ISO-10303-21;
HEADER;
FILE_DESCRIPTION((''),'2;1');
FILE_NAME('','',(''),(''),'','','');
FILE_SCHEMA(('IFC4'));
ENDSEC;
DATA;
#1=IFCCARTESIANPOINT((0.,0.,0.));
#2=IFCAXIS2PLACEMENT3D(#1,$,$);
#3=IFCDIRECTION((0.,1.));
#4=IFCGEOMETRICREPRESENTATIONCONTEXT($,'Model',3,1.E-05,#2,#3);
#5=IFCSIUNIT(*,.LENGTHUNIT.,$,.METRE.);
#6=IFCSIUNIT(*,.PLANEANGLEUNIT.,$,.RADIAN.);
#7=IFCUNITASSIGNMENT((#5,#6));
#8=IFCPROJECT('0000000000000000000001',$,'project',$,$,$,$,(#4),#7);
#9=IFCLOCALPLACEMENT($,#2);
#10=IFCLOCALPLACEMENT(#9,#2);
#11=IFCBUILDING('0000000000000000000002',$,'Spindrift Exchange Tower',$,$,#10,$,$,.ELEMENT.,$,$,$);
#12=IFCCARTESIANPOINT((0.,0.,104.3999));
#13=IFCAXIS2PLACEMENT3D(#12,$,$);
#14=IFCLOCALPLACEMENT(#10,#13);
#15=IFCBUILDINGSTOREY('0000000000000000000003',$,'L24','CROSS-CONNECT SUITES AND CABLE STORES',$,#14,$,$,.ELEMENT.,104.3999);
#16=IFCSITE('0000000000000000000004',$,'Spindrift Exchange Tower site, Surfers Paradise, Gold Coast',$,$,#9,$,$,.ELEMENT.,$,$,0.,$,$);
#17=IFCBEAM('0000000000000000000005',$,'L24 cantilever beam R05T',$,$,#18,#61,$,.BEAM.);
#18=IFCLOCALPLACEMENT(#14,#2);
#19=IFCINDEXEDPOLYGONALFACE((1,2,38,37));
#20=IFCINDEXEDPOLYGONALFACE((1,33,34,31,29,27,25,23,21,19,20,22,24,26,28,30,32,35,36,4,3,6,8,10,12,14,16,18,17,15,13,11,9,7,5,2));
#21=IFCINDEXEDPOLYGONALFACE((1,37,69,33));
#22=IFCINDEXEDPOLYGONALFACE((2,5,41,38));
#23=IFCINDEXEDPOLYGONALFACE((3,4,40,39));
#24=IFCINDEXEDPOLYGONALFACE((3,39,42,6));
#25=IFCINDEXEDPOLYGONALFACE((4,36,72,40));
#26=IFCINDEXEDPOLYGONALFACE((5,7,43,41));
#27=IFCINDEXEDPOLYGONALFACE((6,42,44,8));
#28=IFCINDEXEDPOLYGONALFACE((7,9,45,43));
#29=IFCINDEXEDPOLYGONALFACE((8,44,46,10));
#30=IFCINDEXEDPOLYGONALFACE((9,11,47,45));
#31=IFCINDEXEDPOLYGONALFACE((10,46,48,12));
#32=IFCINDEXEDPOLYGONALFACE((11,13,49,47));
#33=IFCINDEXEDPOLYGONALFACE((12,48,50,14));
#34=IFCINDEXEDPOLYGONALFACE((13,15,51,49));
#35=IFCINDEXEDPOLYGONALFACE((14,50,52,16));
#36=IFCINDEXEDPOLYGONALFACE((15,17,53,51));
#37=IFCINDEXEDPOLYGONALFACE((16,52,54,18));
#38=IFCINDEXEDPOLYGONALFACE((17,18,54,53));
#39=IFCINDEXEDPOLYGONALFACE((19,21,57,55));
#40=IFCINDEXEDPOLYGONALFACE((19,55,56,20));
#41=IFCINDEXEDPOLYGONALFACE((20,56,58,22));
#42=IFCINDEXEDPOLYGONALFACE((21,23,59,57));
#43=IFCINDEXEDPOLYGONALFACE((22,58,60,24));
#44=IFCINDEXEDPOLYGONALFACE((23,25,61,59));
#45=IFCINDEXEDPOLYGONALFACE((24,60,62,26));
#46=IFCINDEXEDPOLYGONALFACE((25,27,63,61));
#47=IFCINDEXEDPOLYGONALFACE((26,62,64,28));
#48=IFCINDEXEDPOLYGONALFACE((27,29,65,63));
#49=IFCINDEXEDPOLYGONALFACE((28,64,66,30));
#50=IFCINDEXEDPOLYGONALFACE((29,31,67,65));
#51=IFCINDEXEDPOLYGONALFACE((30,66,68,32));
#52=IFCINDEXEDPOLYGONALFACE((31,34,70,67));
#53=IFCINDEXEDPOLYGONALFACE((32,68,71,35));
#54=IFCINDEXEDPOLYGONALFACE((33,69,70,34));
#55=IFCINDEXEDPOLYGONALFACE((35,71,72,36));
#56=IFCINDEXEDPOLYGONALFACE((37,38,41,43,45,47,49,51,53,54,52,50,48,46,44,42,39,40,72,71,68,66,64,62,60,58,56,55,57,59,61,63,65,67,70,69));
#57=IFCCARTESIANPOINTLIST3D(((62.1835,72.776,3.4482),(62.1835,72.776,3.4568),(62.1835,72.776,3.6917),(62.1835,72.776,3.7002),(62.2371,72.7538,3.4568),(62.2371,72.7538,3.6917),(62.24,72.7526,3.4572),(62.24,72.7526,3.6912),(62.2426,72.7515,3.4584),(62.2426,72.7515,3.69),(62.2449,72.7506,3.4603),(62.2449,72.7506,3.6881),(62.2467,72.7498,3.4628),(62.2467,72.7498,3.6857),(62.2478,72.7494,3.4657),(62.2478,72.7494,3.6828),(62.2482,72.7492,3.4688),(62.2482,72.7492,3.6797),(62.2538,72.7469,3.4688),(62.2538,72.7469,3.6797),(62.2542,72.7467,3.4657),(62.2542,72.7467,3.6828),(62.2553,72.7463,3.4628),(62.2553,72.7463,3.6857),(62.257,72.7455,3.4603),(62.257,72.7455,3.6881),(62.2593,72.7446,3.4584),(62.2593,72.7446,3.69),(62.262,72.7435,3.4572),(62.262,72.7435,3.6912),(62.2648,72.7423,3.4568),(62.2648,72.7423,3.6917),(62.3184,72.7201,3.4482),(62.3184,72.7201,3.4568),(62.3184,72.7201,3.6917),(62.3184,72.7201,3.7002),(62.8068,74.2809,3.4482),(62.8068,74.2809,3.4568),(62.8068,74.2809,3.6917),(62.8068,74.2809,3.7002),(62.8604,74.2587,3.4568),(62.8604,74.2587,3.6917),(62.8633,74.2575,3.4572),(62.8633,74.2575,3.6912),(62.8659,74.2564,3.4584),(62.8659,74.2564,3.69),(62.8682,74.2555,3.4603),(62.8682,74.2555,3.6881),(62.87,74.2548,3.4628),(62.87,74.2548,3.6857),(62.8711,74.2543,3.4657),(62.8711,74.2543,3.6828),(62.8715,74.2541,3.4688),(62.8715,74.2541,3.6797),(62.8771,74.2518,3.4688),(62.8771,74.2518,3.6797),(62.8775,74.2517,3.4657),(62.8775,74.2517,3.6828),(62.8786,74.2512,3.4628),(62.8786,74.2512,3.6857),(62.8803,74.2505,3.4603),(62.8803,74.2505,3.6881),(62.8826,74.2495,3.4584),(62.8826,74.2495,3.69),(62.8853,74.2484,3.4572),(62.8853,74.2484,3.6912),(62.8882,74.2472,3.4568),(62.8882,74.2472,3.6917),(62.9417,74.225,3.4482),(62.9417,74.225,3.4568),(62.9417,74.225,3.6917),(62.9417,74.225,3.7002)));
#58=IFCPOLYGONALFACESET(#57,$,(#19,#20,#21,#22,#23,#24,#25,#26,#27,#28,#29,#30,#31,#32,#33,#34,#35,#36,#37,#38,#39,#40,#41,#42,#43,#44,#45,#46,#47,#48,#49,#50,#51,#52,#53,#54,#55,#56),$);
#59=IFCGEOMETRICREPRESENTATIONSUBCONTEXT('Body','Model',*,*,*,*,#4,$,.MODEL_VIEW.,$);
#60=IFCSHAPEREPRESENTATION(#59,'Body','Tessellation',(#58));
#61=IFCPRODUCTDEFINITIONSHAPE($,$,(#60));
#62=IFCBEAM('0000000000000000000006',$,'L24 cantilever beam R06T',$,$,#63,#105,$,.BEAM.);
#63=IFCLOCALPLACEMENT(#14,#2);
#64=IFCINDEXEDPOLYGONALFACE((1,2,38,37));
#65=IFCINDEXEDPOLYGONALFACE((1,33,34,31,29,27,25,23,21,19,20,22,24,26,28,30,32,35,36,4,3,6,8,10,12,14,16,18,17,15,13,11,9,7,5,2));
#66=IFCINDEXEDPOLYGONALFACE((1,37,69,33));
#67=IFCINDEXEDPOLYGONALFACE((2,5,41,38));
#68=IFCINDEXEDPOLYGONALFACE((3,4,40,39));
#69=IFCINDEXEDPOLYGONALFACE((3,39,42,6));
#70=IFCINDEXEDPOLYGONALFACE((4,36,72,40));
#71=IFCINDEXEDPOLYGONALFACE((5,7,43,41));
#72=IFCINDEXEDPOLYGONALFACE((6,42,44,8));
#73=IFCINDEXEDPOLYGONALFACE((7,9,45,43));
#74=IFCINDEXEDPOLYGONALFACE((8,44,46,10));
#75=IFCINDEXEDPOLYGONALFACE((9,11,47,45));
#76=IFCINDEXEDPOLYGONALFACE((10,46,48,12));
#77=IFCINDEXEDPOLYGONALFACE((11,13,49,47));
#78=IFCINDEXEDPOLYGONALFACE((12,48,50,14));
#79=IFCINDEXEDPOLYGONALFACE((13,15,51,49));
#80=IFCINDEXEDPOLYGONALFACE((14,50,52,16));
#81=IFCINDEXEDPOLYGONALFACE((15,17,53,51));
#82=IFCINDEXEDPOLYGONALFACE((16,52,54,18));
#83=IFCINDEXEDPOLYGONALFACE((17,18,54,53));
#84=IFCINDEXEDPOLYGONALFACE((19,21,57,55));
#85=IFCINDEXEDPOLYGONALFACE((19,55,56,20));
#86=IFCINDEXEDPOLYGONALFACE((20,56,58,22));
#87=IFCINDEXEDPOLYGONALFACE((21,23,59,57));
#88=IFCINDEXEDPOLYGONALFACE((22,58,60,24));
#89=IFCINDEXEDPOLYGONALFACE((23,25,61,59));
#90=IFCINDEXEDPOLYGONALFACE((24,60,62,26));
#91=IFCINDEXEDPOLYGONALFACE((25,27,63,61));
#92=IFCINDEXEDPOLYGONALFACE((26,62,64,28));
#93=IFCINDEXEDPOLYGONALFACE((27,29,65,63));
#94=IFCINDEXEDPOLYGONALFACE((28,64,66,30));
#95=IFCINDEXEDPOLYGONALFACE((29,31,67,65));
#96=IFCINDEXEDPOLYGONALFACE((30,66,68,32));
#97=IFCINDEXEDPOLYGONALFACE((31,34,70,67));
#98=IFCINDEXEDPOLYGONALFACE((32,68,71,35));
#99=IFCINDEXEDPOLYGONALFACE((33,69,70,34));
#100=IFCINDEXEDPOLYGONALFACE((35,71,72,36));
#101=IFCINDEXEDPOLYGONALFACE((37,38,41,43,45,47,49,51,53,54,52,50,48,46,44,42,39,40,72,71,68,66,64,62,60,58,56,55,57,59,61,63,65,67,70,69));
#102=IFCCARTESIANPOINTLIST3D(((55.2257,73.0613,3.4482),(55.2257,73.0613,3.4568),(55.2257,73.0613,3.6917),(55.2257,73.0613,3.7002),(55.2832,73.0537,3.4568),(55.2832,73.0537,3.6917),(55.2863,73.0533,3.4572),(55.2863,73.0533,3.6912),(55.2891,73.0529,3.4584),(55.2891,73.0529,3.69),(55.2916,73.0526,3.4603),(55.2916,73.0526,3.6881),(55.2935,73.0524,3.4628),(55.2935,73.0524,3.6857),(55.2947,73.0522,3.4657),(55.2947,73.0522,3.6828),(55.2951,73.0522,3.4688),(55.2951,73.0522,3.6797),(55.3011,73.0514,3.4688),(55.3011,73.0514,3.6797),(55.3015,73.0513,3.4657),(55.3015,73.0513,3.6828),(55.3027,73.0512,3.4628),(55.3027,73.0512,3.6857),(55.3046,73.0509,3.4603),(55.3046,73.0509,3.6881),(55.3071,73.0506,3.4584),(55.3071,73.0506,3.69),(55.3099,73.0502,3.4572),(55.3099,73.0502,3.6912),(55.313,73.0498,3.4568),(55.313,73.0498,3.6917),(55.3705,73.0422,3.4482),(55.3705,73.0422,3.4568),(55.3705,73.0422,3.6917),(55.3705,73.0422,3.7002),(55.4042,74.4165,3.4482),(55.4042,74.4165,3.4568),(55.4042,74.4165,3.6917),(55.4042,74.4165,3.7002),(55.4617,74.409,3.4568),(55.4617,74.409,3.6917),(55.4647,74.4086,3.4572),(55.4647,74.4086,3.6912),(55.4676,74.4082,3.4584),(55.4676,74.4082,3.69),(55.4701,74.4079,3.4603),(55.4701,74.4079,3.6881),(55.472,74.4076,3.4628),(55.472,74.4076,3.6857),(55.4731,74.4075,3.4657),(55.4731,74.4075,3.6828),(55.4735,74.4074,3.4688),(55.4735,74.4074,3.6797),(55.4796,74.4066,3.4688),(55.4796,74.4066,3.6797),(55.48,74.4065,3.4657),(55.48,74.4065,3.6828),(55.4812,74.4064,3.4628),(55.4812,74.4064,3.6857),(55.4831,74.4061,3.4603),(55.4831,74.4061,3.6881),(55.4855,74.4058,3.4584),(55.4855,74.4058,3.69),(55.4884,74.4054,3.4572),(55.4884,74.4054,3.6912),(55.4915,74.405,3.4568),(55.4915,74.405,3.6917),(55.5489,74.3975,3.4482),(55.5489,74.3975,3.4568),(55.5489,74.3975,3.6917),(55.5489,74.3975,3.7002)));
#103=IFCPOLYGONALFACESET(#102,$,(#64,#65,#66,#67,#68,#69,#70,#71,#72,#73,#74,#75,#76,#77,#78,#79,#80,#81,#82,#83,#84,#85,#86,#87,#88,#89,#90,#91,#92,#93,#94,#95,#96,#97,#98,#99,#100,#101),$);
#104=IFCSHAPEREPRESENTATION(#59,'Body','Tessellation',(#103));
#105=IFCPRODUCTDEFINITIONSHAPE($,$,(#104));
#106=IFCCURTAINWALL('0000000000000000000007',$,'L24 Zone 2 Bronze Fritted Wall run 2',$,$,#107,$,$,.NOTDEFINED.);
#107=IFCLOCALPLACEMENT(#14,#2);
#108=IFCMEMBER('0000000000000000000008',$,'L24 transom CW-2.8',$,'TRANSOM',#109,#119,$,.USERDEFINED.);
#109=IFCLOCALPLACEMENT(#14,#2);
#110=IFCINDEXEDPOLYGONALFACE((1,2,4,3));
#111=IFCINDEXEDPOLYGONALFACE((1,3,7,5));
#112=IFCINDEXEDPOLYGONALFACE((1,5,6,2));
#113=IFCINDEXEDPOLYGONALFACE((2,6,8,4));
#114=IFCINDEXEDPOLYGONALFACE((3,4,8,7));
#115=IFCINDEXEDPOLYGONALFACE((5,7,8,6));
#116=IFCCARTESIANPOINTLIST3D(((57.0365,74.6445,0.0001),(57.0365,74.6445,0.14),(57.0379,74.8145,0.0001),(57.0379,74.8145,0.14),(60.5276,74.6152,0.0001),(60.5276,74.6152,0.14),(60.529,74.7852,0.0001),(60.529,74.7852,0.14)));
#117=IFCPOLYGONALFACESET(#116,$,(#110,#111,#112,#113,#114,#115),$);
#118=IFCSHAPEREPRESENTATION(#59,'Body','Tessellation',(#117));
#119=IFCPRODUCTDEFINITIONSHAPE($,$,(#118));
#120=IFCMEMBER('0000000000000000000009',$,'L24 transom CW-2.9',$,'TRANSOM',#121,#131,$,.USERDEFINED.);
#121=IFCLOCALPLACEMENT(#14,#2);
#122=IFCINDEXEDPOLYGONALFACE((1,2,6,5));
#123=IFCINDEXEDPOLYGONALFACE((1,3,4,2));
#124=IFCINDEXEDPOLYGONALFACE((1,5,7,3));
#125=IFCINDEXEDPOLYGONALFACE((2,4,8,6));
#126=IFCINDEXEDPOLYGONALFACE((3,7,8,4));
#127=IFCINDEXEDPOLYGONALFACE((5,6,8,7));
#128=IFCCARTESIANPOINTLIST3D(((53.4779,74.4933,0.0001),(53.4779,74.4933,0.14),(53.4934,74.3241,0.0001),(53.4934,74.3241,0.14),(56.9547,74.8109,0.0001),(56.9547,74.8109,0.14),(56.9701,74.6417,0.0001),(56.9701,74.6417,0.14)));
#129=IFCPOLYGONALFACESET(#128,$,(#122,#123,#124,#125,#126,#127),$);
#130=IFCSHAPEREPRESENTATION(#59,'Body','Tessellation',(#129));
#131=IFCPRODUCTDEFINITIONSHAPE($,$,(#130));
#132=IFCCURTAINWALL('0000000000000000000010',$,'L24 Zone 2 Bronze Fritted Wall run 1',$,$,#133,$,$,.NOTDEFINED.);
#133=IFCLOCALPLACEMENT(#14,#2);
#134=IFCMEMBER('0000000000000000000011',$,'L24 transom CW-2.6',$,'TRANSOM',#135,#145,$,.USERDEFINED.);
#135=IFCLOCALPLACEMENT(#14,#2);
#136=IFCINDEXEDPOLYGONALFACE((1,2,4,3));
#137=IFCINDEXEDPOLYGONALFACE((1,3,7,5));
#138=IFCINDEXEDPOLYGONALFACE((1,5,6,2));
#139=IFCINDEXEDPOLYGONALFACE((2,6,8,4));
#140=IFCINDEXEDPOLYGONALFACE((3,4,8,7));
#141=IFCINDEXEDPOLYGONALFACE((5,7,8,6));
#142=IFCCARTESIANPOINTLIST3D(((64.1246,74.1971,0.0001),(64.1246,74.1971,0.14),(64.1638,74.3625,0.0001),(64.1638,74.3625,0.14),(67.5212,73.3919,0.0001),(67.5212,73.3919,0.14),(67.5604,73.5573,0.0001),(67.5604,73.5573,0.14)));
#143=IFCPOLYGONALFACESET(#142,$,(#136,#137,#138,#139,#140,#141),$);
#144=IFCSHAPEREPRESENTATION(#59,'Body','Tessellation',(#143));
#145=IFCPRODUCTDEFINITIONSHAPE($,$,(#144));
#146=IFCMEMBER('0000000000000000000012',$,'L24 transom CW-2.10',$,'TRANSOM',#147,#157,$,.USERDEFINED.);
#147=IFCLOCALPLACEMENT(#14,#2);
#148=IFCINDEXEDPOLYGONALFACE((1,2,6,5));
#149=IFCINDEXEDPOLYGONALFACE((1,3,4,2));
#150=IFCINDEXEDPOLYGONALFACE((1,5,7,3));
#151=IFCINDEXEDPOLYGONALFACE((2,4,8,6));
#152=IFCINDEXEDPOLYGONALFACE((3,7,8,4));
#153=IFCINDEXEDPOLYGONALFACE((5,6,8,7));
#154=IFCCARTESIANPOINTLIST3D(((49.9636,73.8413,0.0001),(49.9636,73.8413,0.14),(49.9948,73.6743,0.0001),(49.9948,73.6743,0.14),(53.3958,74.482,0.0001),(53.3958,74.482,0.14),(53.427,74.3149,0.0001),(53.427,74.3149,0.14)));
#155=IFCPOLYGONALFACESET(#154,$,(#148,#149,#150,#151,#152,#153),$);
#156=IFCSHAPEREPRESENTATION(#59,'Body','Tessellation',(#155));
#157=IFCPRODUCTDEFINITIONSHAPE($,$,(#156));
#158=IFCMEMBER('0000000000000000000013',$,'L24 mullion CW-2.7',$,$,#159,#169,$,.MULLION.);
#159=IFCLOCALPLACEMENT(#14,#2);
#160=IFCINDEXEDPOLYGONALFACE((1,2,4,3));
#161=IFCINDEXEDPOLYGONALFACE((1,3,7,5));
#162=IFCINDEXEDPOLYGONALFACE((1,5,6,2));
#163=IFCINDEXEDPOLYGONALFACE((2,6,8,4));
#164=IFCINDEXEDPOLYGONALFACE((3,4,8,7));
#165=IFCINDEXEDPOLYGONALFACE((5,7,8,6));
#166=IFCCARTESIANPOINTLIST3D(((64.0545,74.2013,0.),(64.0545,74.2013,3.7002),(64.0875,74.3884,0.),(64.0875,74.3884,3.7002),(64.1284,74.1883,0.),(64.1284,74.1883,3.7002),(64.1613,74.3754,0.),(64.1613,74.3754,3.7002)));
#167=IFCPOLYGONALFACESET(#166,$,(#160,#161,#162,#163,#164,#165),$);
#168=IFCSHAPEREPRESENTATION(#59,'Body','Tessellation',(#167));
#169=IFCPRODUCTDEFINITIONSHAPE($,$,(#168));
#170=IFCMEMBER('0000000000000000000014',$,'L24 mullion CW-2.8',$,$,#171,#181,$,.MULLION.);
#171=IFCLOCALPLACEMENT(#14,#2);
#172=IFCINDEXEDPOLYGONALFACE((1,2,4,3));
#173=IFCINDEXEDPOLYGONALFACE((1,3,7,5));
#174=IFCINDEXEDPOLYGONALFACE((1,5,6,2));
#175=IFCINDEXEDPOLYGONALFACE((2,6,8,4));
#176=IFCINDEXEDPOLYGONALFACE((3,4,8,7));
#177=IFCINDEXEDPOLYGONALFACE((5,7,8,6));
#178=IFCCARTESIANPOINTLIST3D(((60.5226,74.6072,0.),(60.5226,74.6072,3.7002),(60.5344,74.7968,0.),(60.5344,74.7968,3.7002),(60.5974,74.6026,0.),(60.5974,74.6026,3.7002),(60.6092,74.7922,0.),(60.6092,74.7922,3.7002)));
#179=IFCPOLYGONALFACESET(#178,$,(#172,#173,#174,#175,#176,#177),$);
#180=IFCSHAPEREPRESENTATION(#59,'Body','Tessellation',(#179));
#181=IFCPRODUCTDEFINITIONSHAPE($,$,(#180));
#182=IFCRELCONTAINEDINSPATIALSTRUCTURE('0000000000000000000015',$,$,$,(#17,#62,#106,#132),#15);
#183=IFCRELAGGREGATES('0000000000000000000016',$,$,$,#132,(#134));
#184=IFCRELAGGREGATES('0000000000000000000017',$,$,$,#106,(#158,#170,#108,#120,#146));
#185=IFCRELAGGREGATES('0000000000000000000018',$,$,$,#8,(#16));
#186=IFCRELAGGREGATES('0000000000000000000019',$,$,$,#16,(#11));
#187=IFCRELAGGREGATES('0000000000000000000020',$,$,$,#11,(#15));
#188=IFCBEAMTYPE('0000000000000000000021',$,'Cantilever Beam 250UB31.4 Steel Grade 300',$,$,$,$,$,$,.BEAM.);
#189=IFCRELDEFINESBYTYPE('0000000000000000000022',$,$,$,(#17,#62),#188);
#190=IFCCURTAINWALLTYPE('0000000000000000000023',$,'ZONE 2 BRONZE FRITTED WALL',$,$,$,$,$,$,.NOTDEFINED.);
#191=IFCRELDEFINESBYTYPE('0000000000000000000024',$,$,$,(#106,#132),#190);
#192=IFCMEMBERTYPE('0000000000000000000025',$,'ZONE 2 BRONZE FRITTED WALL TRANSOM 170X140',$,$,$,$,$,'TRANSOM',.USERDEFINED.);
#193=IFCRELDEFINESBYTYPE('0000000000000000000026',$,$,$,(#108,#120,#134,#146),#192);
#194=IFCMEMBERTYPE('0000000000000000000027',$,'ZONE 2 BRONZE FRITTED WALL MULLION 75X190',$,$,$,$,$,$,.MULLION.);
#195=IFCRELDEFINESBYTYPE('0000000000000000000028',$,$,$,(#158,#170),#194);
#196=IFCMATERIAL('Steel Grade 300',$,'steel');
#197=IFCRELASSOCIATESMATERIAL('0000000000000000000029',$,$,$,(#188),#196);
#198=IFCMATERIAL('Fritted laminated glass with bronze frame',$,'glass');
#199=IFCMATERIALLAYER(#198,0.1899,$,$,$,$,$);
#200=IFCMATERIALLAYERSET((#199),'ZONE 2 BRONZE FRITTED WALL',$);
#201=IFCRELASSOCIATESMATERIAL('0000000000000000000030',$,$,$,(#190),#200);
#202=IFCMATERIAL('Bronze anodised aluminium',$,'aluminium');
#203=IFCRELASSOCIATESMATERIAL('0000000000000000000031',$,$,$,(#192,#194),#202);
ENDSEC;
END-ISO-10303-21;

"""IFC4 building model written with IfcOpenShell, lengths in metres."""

from ifc_helpers import new_model, si_unit, direction, frame, origin, origin_2d, place, context, subcontext, project, spatial, rectangle, i_section, extrude, source, transform, mapped, material, layer, layer_set, material_profile, profile_set, type_object, element, aggregate, save


model = new_model("IFC4")

# Units and contexts
model_context = context("Model", 3, precision=1e-05, world=origin(), true_north=direction((0.0, 1.0)))
body_context = subcontext(model_context, "Body", "Model", "MODEL_VIEW")
ifc_project = project(units=[si_unit("LENGTHUNIT", "METRE"), si_unit("PLANEANGLEUNIT", "RADIAN")], contexts=[model_context])

# Site, building, storey
site_placement = place(None, origin())
site = spatial("IfcSite", under=ifc_project, at=site_placement, Name="Spindrift Exchange Tower site, Surfers Paradise, Gold Coast", CompositionType="ELEMENT", RefElevation=0.0)
building_placement = place(site_placement, origin())
building = spatial("IfcBuilding", under=site, at=building_placement, Name="Spindrift Exchange Tower", CompositionType="ELEMENT")
storey_placement = place(building_placement, frame((0.0, 0.0, 104.3999)))
storey = spatial("IfcBuildingStorey", under=building, at=storey_placement, Name="L24", Description="CROSS-CONNECT SUITES AND CABLE STORES", CompositionType="ELEMENT", Elevation=104.3999)

# Beams
ifc_material_1 = material(Name="Steel Grade 300", Category="steel")
ifc_material_profile_1 = material_profile(ifc_material_1, i_section(OverallWidth=0.146, OverallDepth=0.252, WebThickness=0.0061, FlangeThickness=0.0085, FilletRadius=0.012, at=origin_2d()), Name="250UB31.4")
ifc_profile_set_1 = profile_set([ifc_material_profile_1], Name="Steel Grade 300")
beam_type_1 = type_object("IfcBeamType", Name="Cantilever Beam 250UB31.4 Steel Grade 300", PredefinedType="BEAM", material=ifc_profile_set_1)
shared_shape_1 = source(origin(), body_context, "Body", "SweptSolid", [
    extrude(i_section(OverallWidth=0.146, OverallDepth=0.252, WebThickness=0.0061, FlangeThickness=0.0085, FilletRadius=0.012, at=origin_2d()), origin(), (0.0, 0.0, 1.0), 1.6289),
])
beam_1_placement = place(storey_placement, frame((62.251, 72.748, 3.5742), z_axis=(0.382656, 0.923891, 0.0), x_axis=(-0.923891, 0.382656, 0.0)))
element("IfcBeam", 1, at=beam_1_placement, inside=storey, type_object=beam_type_1, Name="L24 cantilever beam R05T", PredefinedType="BEAM", context=body_context, shape_type="MappedRepresentation", body=[
    mapped(shared_shape_1, transform((0.0, 0.0, 0.0), scale=1.0)),
])
shared_shape_2 = source(origin(), body_context, "Body", "SweptSolid", [
    extrude(i_section(OverallWidth=0.146, OverallDepth=0.252, WebThickness=0.0061, FlangeThickness=0.0085, FilletRadius=0.012, at=origin_2d()), origin(), (0.0, 0.0, 1.0), 1.3669),
])
beam_2_placement = place(storey_placement, frame((55.2981, 73.0518, 3.5742), z_axis=(0.130561, 0.99144, 0.0), x_axis=(-0.99144, 0.130561, 0.0)))
element("IfcBeam", 2, at=beam_2_placement, inside=storey, type_object=beam_type_1, Name="L24 cantilever beam R06T", PredefinedType="BEAM", context=body_context, shape_type="MappedRepresentation", body=[
    mapped(shared_shape_2, transform((0.0, 0.0, 0.0), scale=1.0)),
])

# Curtain wall, members
ifc_material_2 = material(Name="Fritted laminated glass with bronze frame", Category="glass")
ifc_layer_1 = layer(ifc_material_2, 0.1899)
ifc_layer_set_1 = layer_set([ifc_layer_1], Name="ZONE 2 BRONZE FRITTED WALL")
curtain_wall_type = type_object("IfcCurtainWallType", Name="ZONE 2 BRONZE FRITTED WALL", PredefinedType="NOTDEFINED", material=ifc_layer_set_1)
curtain_wall_1_placement = place(storey_placement, origin())
curtain_wall_1 = element("IfcCurtainWall", 3, at=curtain_wall_1_placement, inside=storey, type_object=curtain_wall_type, Name="L24 Zone 2 Bronze Fritted Wall run 2", PredefinedType="NOTDEFINED")
ifc_material_3 = material(Name="Bronze anodised aluminium", Category="aluminium")
ifc_material_profile_2 = material_profile(ifc_material_3, rectangle(XDim=0.1699, YDim=0.1399, at=origin_2d()), Name="ZONE 2 BRONZE FRITTED WALL TRANSOM 170X140")
ifc_profile_set_2 = profile_set([ifc_material_profile_2], Name="Bronze anodised aluminium")
member_type_1 = type_object("IfcMemberType", Name="ZONE 2 BRONZE FRITTED WALL TRANSOM 170X140", ElementType="TRANSOM", PredefinedType="USERDEFINED", material=ifc_profile_set_2)
shared_shape_3 = source(origin(), body_context, "Body", "SweptSolid", [
    extrude(rectangle(XDim=0.1699, YDim=0.1399, at=origin_2d()), origin(), (0.0, 0.0, 1.0), 3.4912),
])
member_1_placement = place(storey_placement, frame((60.5283, 74.7002, 0.0701), z_axis=(-0.999965, 0.008392, 0.0), x_axis=(-0.008392, -0.999965, 0.0)))
member_1 = element("IfcMember", 4, at=member_1_placement, type_object=member_type_1, Name="L24 transom CW-2.8", ObjectType="TRANSOM", PredefinedType="USERDEFINED", context=body_context, shape_type="MappedRepresentation", body=[
    mapped(shared_shape_3, transform((0.0, 0.0, 0.0), scale=1.0)),
])
member_2_placement = place(storey_placement, frame((56.9624, 74.7263, 0.0701), z_axis=(-0.995853, -0.090977, 0.0), x_axis=(0.090977, -0.995853, 0.0)))
member_2 = element("IfcMember", 5, at=member_2_placement, type_object=member_type_1, Name="L24 transom CW-2.9", ObjectType="TRANSOM", PredefinedType="USERDEFINED", context=body_context, shape_type="MappedRepresentation", body=[
    mapped(shared_shape_3, transform((0.0, 0.0, 0.0), scale=1.0)),
])

# Curtain wall, member
curtain_wall_2_placement = place(storey_placement, origin())
curtain_wall_2 = element("IfcCurtainWall", 6, at=curtain_wall_2_placement, inside=storey, type_object=curtain_wall_type, Name="L24 Zone 2 Bronze Fritted Wall run 1", PredefinedType="NOTDEFINED")
shared_shape_4 = source(origin(), body_context, "Body", "SweptSolid", [
    extrude(rectangle(XDim=0.1699, YDim=0.1399, at=origin_2d()), origin(), (0.0, 0.0, 1.0), 3.4907),
])
member_3_placement = place(storey_placement, frame((67.5408, 73.4746, 0.0701), z_axis=(-0.973032, 0.230669, 0.0), x_axis=(-0.230669, -0.973032, 0.0)))
member_3 = element("IfcMember", 7, at=member_3_placement, type_object=member_type_1, Name="L24 transom CW-2.6", ObjectType="TRANSOM", PredefinedType="USERDEFINED", context=body_context, shape_type="MappedRepresentation", body=[
    mapped(shared_shape_4, transform((0.0, 0.0, 0.0), scale=1.0)),
])

# Members
shared_shape_5 = source(origin(), body_context, "Body", "SweptSolid", [
    extrude(rectangle(XDim=0.1699, YDim=0.1399, at=origin_2d()), origin(), (0.0, 0.0, 1.0), 3.4915),
])
member_4_placement = place(storey_placement, frame((53.4114, 74.3984, 0.0701), z_axis=(-0.983022, -0.183486, 0.0), x_axis=(0.183486, -0.983022, 0.0)))
member_4 = element("IfcMember", 8, at=member_4_placement, type_object=member_type_1, Name="L24 transom CW-2.10", ObjectType="TRANSOM", PredefinedType="USERDEFINED", context=body_context, shape_type="MappedRepresentation", body=[
    mapped(shared_shape_5, transform((0.0, 0.0, 0.0), scale=1.0)),
])
ifc_material_profile_3 = material_profile(ifc_material_3, rectangle(XDim=0.075, YDim=0.1899, at=origin_2d()), Name="ZONE 2 BRONZE FRITTED WALL MULLION 75X190")
ifc_profile_set_3 = profile_set([ifc_material_profile_3], Name="Bronze anodised aluminium")
member_type_2 = type_object("IfcMemberType", Name="ZONE 2 BRONZE FRITTED WALL MULLION 75X190", PredefinedType="MULLION", material=ifc_profile_set_3)
shared_shape_6 = source(origin(), body_context, "Body", "SweptSolid", [
    extrude(rectangle(XDim=0.075, YDim=0.1899, at=origin_2d()), origin(), (0.0, 0.0, 1.0), 3.7002),
])
member_5_placement = place(storey_placement, frame((64.1079, 74.2883, 0.0), z_axis=(0.0, 0.0, 1.0), x_axis=(-0.984868, 0.173308, 0.0)))
member_5 = element("IfcMember", 9, at=member_5_placement, type_object=member_type_2, Name="L24 mullion CW-2.7", PredefinedType="MULLION", context=body_context, shape_type="MappedRepresentation", body=[
    mapped(shared_shape_6, transform((0.0, 0.0, 0.0), scale=1.0)),
])
member_6_placement = place(storey_placement, frame((60.5659, 74.6997, 0.0), z_axis=(0.0, 0.0, 1.0), x_axis=(-0.998078, 0.061966, 0.0)))
member_6 = element("IfcMember", 10, at=member_6_placement, type_object=member_type_2, Name="L24 mullion CW-2.8", PredefinedType="MULLION", context=body_context, shape_type="MappedRepresentation", body=[
    mapped(shared_shape_6, transform((0.0, 0.0, 0.0), scale=1.0)),
])

aggregate(curtain_wall_2, [member_3])
aggregate(curtain_wall_1, [member_5, member_6, member_1, member_2, member_4])

save(model, "model.ifc")
